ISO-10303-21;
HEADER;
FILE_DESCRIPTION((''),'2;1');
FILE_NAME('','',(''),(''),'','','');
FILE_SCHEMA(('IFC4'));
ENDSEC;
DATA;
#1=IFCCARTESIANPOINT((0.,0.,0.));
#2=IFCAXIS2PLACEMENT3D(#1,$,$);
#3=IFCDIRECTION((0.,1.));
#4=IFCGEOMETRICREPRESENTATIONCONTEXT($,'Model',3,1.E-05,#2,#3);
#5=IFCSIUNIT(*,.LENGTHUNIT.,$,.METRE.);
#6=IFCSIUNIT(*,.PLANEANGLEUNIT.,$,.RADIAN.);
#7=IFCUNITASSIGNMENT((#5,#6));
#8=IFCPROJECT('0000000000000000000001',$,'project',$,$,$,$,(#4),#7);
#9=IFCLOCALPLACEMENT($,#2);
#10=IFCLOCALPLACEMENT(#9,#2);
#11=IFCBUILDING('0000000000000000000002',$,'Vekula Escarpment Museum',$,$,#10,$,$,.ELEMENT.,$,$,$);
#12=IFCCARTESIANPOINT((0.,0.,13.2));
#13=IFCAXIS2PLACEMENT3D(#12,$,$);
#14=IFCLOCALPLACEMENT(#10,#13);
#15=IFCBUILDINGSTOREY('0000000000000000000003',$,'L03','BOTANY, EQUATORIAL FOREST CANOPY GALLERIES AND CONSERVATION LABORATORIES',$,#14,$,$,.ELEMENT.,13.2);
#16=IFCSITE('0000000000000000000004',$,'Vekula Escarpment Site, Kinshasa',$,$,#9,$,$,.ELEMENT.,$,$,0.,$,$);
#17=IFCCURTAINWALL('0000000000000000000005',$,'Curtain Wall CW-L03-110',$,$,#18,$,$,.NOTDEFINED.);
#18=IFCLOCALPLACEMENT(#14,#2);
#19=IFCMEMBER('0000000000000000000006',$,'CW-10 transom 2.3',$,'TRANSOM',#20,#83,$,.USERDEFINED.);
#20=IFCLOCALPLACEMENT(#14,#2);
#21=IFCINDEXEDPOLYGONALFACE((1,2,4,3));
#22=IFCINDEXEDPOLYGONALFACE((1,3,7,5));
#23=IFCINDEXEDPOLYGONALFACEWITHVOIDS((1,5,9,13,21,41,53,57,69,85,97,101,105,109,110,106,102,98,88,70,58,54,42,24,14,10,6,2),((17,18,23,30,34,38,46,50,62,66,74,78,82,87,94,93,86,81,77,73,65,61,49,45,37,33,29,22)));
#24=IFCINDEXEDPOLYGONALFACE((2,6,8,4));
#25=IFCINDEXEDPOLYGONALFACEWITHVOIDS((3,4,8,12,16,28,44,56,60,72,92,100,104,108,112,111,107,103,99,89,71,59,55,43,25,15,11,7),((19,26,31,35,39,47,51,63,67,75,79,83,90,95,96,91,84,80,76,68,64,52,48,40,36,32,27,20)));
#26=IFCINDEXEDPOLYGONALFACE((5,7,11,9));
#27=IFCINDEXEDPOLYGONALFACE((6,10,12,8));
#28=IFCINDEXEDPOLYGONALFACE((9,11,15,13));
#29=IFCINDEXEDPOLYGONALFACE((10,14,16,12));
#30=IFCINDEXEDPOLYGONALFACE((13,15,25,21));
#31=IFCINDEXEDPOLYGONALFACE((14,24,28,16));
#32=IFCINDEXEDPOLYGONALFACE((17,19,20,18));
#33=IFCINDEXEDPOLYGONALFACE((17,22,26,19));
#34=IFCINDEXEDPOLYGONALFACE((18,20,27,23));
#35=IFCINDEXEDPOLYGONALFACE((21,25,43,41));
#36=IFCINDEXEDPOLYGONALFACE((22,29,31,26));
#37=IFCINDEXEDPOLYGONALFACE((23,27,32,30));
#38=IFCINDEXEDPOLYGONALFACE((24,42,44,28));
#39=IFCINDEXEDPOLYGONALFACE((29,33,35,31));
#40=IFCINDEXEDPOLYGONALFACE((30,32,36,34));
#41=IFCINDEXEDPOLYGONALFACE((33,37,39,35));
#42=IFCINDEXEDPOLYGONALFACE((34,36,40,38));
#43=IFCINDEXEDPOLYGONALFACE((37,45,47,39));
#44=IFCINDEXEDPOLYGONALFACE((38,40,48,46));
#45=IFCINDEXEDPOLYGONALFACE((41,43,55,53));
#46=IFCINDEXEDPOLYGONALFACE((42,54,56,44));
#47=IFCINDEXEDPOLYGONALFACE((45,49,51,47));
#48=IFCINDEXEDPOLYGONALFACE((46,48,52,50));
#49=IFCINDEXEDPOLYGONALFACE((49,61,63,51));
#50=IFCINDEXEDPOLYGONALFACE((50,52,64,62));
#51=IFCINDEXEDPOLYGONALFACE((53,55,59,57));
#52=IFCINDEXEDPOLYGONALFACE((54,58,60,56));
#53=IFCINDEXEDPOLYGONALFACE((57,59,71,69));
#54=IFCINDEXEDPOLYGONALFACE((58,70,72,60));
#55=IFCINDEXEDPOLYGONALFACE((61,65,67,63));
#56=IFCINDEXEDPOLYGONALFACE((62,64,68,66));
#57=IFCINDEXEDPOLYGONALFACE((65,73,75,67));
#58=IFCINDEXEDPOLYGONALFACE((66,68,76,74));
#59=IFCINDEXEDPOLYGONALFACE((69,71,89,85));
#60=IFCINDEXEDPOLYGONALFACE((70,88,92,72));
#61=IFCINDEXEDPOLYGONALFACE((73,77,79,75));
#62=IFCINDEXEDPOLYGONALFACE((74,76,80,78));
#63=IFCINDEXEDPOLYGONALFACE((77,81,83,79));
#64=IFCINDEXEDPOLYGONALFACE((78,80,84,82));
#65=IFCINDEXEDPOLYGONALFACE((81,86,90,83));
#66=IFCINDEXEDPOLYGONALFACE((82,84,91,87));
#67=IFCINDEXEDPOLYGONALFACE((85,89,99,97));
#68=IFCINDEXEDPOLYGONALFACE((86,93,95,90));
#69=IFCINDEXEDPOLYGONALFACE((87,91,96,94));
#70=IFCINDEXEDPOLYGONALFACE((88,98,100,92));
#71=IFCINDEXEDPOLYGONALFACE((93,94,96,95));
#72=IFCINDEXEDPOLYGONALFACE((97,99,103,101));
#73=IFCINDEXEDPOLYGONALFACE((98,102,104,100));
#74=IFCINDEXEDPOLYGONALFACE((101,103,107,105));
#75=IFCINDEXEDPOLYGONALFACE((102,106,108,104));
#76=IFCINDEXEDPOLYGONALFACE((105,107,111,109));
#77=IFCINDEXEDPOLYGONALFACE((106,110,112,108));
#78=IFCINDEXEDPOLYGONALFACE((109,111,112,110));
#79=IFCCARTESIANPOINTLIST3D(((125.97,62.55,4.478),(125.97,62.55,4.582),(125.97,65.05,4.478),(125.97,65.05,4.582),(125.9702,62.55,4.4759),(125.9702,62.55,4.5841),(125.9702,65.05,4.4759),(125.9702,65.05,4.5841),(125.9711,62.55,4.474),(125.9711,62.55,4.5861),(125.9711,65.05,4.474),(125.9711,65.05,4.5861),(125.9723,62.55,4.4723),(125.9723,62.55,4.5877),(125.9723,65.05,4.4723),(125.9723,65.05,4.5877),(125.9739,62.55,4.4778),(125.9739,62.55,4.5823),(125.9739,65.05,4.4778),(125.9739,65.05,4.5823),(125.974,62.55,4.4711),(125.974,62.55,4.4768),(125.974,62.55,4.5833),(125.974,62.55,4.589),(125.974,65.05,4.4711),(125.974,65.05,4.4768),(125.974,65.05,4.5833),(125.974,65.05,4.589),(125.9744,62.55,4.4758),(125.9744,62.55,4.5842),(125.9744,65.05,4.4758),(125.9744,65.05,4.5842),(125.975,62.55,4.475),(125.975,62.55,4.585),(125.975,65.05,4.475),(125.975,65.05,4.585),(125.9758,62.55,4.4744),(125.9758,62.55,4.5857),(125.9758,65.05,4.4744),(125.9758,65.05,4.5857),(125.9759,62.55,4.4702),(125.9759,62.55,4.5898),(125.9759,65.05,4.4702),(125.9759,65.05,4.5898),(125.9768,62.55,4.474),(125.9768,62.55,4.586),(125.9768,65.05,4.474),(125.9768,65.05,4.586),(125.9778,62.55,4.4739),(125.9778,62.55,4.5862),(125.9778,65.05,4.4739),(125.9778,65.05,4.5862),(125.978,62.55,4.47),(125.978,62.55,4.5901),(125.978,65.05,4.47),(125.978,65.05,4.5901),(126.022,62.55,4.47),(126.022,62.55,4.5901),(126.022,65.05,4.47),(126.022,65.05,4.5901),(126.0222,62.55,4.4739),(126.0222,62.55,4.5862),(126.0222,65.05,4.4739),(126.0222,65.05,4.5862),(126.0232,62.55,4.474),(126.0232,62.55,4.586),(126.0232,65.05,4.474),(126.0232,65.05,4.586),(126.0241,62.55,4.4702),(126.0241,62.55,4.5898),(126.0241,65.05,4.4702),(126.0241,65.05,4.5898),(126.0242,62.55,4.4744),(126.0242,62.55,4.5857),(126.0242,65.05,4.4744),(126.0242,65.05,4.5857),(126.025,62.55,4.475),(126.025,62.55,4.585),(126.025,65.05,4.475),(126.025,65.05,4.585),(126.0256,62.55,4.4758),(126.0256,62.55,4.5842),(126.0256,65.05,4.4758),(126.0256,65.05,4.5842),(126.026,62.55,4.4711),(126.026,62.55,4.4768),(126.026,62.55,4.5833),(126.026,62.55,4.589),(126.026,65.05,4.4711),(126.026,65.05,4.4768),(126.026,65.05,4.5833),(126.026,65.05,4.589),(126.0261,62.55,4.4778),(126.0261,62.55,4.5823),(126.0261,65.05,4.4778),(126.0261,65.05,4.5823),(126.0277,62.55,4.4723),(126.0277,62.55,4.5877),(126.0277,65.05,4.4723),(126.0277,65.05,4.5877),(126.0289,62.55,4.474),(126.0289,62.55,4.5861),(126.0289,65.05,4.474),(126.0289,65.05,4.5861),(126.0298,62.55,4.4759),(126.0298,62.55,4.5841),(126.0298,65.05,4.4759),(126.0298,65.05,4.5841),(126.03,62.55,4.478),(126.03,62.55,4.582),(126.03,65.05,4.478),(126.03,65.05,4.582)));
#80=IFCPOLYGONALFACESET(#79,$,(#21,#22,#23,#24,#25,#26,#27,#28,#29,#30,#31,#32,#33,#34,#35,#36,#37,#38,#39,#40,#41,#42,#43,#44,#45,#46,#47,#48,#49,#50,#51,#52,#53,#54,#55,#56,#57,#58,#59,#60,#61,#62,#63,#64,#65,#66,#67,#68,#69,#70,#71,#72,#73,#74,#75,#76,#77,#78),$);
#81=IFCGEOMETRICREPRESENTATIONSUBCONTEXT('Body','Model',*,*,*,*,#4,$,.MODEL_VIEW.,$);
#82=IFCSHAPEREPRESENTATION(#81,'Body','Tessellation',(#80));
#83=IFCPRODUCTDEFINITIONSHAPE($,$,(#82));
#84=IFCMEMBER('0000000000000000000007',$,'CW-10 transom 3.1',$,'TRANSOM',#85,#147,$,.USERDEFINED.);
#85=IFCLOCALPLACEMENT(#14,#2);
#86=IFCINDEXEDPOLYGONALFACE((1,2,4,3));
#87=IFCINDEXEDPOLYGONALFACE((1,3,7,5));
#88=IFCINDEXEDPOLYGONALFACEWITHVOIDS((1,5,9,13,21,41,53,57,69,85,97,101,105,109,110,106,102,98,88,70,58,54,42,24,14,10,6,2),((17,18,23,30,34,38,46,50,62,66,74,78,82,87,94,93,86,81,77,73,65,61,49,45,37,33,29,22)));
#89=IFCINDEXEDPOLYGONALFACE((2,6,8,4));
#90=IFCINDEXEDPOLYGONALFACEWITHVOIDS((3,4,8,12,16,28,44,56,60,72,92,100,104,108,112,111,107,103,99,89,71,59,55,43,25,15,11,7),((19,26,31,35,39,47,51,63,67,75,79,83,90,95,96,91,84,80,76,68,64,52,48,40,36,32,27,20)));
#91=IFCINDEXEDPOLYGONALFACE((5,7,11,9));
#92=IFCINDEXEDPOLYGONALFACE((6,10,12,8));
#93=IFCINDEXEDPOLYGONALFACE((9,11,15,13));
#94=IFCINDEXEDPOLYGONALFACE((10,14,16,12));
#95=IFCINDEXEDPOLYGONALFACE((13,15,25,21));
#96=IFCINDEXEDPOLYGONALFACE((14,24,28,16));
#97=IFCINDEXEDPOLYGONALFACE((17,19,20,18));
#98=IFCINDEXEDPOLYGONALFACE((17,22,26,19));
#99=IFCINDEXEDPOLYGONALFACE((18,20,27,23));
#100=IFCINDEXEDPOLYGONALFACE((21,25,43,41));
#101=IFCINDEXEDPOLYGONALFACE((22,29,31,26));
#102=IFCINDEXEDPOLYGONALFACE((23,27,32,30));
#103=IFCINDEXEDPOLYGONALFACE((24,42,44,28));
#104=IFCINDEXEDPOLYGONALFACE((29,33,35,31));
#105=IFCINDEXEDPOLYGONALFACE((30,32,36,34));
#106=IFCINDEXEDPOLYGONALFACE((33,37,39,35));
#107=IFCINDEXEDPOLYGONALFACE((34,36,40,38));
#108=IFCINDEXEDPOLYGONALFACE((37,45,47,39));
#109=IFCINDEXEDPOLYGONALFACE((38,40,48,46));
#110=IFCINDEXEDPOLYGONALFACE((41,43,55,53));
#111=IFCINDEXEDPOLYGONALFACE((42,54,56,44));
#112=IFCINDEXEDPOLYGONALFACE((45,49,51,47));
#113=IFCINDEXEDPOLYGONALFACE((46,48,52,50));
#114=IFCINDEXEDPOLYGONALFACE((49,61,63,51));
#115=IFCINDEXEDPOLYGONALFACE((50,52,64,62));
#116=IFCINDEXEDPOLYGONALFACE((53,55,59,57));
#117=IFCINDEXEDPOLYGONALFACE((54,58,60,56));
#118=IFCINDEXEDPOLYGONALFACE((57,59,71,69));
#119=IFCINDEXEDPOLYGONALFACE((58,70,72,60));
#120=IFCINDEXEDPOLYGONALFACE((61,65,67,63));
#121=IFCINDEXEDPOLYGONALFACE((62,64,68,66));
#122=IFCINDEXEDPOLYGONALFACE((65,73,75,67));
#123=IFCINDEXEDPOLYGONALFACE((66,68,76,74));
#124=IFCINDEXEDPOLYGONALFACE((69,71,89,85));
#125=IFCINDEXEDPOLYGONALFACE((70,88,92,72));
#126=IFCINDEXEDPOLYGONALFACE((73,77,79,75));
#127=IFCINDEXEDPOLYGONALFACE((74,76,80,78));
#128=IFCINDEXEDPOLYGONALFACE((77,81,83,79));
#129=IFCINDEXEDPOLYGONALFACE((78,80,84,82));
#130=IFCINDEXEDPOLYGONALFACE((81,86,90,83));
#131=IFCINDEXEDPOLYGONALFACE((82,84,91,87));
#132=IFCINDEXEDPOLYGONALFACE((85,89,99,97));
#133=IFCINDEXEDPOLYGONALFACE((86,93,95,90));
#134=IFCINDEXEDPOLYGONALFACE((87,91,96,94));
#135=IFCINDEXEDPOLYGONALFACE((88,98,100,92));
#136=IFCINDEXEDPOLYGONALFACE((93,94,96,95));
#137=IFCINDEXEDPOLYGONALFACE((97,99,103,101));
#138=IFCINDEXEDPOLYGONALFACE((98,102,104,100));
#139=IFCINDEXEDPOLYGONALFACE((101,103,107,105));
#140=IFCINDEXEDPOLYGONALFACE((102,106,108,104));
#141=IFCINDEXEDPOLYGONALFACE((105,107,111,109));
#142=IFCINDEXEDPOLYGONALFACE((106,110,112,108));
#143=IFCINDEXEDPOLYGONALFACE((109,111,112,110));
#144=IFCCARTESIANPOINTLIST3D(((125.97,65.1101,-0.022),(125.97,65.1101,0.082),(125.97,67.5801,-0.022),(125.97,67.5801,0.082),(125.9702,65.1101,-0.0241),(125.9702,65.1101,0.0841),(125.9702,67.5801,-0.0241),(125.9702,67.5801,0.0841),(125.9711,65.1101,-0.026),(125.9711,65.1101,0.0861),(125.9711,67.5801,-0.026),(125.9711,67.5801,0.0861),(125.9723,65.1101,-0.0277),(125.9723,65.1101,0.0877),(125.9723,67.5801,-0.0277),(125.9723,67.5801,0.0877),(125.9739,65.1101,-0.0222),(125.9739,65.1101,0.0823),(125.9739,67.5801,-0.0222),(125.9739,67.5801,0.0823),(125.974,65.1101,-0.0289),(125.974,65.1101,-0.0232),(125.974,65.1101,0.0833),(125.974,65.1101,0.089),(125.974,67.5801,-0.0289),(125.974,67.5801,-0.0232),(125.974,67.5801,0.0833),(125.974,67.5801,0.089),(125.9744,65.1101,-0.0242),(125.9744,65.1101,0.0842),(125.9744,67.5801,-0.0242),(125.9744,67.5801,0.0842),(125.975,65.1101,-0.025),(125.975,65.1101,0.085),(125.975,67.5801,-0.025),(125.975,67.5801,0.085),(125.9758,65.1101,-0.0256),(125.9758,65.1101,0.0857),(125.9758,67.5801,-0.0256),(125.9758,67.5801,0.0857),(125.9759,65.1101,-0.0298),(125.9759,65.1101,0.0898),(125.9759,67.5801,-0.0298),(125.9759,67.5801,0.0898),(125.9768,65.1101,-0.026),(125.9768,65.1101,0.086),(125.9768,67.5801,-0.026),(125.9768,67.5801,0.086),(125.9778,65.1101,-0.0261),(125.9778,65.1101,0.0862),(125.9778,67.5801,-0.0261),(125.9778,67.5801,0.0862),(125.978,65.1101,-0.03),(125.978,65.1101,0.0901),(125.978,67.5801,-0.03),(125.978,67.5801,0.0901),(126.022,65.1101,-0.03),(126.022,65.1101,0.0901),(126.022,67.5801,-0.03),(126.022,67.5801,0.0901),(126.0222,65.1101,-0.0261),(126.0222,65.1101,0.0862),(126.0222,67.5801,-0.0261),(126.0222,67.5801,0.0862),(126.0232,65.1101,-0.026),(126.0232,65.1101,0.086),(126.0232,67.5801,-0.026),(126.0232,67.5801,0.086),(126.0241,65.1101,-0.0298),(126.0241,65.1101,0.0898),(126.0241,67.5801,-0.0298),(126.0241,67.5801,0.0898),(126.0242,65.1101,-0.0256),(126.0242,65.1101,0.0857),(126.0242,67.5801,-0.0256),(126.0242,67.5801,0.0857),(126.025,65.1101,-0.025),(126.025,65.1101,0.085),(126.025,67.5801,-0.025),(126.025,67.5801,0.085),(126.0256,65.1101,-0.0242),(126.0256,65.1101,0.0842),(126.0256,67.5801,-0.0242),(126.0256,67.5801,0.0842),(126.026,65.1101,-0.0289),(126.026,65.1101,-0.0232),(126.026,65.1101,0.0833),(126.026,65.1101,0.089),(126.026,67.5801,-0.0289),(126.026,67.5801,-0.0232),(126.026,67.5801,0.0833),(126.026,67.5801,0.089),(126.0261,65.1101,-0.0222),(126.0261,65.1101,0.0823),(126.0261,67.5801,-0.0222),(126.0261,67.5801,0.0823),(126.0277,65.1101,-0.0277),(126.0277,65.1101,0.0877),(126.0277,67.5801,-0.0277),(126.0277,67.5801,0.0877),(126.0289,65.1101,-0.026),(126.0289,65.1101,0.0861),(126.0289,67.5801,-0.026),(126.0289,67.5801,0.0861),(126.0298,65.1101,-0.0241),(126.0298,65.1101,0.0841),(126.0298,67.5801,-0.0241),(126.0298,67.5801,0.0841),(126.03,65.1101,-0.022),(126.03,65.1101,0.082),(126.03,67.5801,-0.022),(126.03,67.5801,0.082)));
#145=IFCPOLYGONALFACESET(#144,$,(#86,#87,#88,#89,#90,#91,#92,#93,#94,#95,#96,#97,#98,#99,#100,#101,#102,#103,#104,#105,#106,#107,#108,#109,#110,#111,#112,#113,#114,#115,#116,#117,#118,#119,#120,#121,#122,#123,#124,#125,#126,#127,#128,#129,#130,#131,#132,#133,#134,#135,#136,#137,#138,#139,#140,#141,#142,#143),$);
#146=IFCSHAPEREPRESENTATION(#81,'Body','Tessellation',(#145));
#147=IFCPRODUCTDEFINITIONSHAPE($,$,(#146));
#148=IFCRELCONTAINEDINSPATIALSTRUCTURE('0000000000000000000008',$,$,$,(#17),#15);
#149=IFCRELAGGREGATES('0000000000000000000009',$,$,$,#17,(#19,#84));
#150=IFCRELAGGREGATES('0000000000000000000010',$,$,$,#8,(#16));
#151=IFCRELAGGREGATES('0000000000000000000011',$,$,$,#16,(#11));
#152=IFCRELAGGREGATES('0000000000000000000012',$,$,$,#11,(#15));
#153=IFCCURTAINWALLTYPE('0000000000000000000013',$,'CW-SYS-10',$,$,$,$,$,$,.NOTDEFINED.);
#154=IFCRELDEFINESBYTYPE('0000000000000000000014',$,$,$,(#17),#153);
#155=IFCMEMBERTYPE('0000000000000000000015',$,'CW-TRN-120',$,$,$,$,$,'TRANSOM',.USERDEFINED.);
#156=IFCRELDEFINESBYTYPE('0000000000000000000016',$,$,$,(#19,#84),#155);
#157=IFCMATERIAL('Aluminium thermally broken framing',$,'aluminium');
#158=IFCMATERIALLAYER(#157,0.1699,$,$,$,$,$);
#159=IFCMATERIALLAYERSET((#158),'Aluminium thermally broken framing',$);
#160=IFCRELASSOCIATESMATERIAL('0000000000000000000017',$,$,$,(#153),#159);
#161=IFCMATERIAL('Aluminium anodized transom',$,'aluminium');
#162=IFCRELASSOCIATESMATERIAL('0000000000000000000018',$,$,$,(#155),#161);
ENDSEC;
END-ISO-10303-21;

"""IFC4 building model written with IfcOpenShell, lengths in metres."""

from ifc_helpers import new_model, si_unit, direction, frame, origin, origin_2d, place, context, subcontext, project, spatial, hollow_rectangle, extrude, material, layer, layer_set, material_profile, profile_set, type_object, element, aggregate, save


model = new_model("IFC4")

# Units and contexts
model_context = context("Model", 3, precision=1e-05, world=origin(), true_north=direction((0.0, 1.0)))
body_context = subcontext(model_context, "Body", "Model", "MODEL_VIEW")
ifc_project = project(units=[si_unit("LENGTHUNIT", "METRE"), si_unit("PLANEANGLEUNIT", "RADIAN")], contexts=[model_context])

# Site, building, storey
site_placement = place(None, origin())
site = spatial("IfcSite", under=ifc_project, at=site_placement, Name="Vekula Escarpment Site, Kinshasa", CompositionType="ELEMENT", RefElevation=0.0)
building_placement = place(site_placement, origin())
building = spatial("IfcBuilding", under=site, at=building_placement, Name="Vekula Escarpment Museum", CompositionType="ELEMENT")
storey_placement = place(building_placement, frame((0.0, 0.0, 13.2)))
storey = spatial("IfcBuildingStorey", under=building, at=storey_placement, Name="L03", Description="BOTANY, EQUATORIAL FOREST CANOPY GALLERIES AND CONSERVATION LABORATORIES", CompositionType="ELEMENT", Elevation=13.2)

# Curtain wall, members
ifc_material_1 = material(Name="Aluminium thermally broken framing", Category="aluminium")
ifc_layer_1 = layer(ifc_material_1, 0.1699)
ifc_layer_set_1 = layer_set([ifc_layer_1], Name="Aluminium thermally broken framing")
curtain_wall_type_1 = type_object("IfcCurtainWallType", Name="CW-SYS-10", PredefinedType="NOTDEFINED", material=ifc_layer_set_1)
curtain_wall_1_placement = place(storey_placement, origin())
curtain_wall_1 = element("IfcCurtainWall", 1, at=curtain_wall_1_placement, inside=storey, type_object=curtain_wall_type_1, Name="Curtain Wall CW-L03-110", PredefinedType="NOTDEFINED")
ifc_material_2 = material(Name="Aluminium anodized transom", Category="aluminium")
ifc_material_profile_1 = material_profile(ifc_material_2, hollow_rectangle(XDim=0.0601, YDim=0.1201, WallThickness=0.0039, InnerFilletRadius=0.0039, OuterFilletRadius=0.0081, at=origin_2d()), Name="ALU 120x60x4")
ifc_profile_set_1 = profile_set([ifc_material_profile_1], Name="Aluminium anodized transom")
member_type_1 = type_object("IfcMemberType", Name="CW-TRN-120", ElementType="TRANSOM", PredefinedType="USERDEFINED", material=ifc_profile_set_1)
member_1_placement = place(storey_placement, frame((126.0, 62.55, 4.53), z_axis=(0.0, 1.0, 0.0), x_axis=(-1.0, 0.0, 0.0)))
member_1 = element("IfcMember", 2, at=member_1_placement, type_object=member_type_1, Name="CW-10 transom 2.3", ObjectType="TRANSOM", PredefinedType="USERDEFINED", context=body_context, shape_type="SweptSolid", body=[
    extrude(hollow_rectangle(XDim=0.0601, YDim=0.1201, WallThickness=0.0039, InnerFilletRadius=0.0039, OuterFilletRadius=0.0081, at=origin_2d()), origin(), (0.0, 0.0, 1.0), 2.5),
])
member_2_placement = place(storey_placement, frame((126.0, 65.1101, 0.03), z_axis=(0.0, 1.0, 0.0), x_axis=(-1.0, 0.0, 0.0)))
member_2 = element("IfcMember", 3, at=member_2_placement, type_object=member_type_1, Name="CW-10 transom 3.1", ObjectType="TRANSOM", PredefinedType="USERDEFINED", context=body_context, shape_type="SweptSolid", body=[
    extrude(hollow_rectangle(XDim=0.0601, YDim=0.1201, WallThickness=0.0039, InnerFilletRadius=0.0039, OuterFilletRadius=0.0081, at=origin_2d()), origin(), (0.0, 0.0, 1.0), 2.47),
])

aggregate(curtain_wall_1, [member_1, member_2])

save(model, "model.ifc")
